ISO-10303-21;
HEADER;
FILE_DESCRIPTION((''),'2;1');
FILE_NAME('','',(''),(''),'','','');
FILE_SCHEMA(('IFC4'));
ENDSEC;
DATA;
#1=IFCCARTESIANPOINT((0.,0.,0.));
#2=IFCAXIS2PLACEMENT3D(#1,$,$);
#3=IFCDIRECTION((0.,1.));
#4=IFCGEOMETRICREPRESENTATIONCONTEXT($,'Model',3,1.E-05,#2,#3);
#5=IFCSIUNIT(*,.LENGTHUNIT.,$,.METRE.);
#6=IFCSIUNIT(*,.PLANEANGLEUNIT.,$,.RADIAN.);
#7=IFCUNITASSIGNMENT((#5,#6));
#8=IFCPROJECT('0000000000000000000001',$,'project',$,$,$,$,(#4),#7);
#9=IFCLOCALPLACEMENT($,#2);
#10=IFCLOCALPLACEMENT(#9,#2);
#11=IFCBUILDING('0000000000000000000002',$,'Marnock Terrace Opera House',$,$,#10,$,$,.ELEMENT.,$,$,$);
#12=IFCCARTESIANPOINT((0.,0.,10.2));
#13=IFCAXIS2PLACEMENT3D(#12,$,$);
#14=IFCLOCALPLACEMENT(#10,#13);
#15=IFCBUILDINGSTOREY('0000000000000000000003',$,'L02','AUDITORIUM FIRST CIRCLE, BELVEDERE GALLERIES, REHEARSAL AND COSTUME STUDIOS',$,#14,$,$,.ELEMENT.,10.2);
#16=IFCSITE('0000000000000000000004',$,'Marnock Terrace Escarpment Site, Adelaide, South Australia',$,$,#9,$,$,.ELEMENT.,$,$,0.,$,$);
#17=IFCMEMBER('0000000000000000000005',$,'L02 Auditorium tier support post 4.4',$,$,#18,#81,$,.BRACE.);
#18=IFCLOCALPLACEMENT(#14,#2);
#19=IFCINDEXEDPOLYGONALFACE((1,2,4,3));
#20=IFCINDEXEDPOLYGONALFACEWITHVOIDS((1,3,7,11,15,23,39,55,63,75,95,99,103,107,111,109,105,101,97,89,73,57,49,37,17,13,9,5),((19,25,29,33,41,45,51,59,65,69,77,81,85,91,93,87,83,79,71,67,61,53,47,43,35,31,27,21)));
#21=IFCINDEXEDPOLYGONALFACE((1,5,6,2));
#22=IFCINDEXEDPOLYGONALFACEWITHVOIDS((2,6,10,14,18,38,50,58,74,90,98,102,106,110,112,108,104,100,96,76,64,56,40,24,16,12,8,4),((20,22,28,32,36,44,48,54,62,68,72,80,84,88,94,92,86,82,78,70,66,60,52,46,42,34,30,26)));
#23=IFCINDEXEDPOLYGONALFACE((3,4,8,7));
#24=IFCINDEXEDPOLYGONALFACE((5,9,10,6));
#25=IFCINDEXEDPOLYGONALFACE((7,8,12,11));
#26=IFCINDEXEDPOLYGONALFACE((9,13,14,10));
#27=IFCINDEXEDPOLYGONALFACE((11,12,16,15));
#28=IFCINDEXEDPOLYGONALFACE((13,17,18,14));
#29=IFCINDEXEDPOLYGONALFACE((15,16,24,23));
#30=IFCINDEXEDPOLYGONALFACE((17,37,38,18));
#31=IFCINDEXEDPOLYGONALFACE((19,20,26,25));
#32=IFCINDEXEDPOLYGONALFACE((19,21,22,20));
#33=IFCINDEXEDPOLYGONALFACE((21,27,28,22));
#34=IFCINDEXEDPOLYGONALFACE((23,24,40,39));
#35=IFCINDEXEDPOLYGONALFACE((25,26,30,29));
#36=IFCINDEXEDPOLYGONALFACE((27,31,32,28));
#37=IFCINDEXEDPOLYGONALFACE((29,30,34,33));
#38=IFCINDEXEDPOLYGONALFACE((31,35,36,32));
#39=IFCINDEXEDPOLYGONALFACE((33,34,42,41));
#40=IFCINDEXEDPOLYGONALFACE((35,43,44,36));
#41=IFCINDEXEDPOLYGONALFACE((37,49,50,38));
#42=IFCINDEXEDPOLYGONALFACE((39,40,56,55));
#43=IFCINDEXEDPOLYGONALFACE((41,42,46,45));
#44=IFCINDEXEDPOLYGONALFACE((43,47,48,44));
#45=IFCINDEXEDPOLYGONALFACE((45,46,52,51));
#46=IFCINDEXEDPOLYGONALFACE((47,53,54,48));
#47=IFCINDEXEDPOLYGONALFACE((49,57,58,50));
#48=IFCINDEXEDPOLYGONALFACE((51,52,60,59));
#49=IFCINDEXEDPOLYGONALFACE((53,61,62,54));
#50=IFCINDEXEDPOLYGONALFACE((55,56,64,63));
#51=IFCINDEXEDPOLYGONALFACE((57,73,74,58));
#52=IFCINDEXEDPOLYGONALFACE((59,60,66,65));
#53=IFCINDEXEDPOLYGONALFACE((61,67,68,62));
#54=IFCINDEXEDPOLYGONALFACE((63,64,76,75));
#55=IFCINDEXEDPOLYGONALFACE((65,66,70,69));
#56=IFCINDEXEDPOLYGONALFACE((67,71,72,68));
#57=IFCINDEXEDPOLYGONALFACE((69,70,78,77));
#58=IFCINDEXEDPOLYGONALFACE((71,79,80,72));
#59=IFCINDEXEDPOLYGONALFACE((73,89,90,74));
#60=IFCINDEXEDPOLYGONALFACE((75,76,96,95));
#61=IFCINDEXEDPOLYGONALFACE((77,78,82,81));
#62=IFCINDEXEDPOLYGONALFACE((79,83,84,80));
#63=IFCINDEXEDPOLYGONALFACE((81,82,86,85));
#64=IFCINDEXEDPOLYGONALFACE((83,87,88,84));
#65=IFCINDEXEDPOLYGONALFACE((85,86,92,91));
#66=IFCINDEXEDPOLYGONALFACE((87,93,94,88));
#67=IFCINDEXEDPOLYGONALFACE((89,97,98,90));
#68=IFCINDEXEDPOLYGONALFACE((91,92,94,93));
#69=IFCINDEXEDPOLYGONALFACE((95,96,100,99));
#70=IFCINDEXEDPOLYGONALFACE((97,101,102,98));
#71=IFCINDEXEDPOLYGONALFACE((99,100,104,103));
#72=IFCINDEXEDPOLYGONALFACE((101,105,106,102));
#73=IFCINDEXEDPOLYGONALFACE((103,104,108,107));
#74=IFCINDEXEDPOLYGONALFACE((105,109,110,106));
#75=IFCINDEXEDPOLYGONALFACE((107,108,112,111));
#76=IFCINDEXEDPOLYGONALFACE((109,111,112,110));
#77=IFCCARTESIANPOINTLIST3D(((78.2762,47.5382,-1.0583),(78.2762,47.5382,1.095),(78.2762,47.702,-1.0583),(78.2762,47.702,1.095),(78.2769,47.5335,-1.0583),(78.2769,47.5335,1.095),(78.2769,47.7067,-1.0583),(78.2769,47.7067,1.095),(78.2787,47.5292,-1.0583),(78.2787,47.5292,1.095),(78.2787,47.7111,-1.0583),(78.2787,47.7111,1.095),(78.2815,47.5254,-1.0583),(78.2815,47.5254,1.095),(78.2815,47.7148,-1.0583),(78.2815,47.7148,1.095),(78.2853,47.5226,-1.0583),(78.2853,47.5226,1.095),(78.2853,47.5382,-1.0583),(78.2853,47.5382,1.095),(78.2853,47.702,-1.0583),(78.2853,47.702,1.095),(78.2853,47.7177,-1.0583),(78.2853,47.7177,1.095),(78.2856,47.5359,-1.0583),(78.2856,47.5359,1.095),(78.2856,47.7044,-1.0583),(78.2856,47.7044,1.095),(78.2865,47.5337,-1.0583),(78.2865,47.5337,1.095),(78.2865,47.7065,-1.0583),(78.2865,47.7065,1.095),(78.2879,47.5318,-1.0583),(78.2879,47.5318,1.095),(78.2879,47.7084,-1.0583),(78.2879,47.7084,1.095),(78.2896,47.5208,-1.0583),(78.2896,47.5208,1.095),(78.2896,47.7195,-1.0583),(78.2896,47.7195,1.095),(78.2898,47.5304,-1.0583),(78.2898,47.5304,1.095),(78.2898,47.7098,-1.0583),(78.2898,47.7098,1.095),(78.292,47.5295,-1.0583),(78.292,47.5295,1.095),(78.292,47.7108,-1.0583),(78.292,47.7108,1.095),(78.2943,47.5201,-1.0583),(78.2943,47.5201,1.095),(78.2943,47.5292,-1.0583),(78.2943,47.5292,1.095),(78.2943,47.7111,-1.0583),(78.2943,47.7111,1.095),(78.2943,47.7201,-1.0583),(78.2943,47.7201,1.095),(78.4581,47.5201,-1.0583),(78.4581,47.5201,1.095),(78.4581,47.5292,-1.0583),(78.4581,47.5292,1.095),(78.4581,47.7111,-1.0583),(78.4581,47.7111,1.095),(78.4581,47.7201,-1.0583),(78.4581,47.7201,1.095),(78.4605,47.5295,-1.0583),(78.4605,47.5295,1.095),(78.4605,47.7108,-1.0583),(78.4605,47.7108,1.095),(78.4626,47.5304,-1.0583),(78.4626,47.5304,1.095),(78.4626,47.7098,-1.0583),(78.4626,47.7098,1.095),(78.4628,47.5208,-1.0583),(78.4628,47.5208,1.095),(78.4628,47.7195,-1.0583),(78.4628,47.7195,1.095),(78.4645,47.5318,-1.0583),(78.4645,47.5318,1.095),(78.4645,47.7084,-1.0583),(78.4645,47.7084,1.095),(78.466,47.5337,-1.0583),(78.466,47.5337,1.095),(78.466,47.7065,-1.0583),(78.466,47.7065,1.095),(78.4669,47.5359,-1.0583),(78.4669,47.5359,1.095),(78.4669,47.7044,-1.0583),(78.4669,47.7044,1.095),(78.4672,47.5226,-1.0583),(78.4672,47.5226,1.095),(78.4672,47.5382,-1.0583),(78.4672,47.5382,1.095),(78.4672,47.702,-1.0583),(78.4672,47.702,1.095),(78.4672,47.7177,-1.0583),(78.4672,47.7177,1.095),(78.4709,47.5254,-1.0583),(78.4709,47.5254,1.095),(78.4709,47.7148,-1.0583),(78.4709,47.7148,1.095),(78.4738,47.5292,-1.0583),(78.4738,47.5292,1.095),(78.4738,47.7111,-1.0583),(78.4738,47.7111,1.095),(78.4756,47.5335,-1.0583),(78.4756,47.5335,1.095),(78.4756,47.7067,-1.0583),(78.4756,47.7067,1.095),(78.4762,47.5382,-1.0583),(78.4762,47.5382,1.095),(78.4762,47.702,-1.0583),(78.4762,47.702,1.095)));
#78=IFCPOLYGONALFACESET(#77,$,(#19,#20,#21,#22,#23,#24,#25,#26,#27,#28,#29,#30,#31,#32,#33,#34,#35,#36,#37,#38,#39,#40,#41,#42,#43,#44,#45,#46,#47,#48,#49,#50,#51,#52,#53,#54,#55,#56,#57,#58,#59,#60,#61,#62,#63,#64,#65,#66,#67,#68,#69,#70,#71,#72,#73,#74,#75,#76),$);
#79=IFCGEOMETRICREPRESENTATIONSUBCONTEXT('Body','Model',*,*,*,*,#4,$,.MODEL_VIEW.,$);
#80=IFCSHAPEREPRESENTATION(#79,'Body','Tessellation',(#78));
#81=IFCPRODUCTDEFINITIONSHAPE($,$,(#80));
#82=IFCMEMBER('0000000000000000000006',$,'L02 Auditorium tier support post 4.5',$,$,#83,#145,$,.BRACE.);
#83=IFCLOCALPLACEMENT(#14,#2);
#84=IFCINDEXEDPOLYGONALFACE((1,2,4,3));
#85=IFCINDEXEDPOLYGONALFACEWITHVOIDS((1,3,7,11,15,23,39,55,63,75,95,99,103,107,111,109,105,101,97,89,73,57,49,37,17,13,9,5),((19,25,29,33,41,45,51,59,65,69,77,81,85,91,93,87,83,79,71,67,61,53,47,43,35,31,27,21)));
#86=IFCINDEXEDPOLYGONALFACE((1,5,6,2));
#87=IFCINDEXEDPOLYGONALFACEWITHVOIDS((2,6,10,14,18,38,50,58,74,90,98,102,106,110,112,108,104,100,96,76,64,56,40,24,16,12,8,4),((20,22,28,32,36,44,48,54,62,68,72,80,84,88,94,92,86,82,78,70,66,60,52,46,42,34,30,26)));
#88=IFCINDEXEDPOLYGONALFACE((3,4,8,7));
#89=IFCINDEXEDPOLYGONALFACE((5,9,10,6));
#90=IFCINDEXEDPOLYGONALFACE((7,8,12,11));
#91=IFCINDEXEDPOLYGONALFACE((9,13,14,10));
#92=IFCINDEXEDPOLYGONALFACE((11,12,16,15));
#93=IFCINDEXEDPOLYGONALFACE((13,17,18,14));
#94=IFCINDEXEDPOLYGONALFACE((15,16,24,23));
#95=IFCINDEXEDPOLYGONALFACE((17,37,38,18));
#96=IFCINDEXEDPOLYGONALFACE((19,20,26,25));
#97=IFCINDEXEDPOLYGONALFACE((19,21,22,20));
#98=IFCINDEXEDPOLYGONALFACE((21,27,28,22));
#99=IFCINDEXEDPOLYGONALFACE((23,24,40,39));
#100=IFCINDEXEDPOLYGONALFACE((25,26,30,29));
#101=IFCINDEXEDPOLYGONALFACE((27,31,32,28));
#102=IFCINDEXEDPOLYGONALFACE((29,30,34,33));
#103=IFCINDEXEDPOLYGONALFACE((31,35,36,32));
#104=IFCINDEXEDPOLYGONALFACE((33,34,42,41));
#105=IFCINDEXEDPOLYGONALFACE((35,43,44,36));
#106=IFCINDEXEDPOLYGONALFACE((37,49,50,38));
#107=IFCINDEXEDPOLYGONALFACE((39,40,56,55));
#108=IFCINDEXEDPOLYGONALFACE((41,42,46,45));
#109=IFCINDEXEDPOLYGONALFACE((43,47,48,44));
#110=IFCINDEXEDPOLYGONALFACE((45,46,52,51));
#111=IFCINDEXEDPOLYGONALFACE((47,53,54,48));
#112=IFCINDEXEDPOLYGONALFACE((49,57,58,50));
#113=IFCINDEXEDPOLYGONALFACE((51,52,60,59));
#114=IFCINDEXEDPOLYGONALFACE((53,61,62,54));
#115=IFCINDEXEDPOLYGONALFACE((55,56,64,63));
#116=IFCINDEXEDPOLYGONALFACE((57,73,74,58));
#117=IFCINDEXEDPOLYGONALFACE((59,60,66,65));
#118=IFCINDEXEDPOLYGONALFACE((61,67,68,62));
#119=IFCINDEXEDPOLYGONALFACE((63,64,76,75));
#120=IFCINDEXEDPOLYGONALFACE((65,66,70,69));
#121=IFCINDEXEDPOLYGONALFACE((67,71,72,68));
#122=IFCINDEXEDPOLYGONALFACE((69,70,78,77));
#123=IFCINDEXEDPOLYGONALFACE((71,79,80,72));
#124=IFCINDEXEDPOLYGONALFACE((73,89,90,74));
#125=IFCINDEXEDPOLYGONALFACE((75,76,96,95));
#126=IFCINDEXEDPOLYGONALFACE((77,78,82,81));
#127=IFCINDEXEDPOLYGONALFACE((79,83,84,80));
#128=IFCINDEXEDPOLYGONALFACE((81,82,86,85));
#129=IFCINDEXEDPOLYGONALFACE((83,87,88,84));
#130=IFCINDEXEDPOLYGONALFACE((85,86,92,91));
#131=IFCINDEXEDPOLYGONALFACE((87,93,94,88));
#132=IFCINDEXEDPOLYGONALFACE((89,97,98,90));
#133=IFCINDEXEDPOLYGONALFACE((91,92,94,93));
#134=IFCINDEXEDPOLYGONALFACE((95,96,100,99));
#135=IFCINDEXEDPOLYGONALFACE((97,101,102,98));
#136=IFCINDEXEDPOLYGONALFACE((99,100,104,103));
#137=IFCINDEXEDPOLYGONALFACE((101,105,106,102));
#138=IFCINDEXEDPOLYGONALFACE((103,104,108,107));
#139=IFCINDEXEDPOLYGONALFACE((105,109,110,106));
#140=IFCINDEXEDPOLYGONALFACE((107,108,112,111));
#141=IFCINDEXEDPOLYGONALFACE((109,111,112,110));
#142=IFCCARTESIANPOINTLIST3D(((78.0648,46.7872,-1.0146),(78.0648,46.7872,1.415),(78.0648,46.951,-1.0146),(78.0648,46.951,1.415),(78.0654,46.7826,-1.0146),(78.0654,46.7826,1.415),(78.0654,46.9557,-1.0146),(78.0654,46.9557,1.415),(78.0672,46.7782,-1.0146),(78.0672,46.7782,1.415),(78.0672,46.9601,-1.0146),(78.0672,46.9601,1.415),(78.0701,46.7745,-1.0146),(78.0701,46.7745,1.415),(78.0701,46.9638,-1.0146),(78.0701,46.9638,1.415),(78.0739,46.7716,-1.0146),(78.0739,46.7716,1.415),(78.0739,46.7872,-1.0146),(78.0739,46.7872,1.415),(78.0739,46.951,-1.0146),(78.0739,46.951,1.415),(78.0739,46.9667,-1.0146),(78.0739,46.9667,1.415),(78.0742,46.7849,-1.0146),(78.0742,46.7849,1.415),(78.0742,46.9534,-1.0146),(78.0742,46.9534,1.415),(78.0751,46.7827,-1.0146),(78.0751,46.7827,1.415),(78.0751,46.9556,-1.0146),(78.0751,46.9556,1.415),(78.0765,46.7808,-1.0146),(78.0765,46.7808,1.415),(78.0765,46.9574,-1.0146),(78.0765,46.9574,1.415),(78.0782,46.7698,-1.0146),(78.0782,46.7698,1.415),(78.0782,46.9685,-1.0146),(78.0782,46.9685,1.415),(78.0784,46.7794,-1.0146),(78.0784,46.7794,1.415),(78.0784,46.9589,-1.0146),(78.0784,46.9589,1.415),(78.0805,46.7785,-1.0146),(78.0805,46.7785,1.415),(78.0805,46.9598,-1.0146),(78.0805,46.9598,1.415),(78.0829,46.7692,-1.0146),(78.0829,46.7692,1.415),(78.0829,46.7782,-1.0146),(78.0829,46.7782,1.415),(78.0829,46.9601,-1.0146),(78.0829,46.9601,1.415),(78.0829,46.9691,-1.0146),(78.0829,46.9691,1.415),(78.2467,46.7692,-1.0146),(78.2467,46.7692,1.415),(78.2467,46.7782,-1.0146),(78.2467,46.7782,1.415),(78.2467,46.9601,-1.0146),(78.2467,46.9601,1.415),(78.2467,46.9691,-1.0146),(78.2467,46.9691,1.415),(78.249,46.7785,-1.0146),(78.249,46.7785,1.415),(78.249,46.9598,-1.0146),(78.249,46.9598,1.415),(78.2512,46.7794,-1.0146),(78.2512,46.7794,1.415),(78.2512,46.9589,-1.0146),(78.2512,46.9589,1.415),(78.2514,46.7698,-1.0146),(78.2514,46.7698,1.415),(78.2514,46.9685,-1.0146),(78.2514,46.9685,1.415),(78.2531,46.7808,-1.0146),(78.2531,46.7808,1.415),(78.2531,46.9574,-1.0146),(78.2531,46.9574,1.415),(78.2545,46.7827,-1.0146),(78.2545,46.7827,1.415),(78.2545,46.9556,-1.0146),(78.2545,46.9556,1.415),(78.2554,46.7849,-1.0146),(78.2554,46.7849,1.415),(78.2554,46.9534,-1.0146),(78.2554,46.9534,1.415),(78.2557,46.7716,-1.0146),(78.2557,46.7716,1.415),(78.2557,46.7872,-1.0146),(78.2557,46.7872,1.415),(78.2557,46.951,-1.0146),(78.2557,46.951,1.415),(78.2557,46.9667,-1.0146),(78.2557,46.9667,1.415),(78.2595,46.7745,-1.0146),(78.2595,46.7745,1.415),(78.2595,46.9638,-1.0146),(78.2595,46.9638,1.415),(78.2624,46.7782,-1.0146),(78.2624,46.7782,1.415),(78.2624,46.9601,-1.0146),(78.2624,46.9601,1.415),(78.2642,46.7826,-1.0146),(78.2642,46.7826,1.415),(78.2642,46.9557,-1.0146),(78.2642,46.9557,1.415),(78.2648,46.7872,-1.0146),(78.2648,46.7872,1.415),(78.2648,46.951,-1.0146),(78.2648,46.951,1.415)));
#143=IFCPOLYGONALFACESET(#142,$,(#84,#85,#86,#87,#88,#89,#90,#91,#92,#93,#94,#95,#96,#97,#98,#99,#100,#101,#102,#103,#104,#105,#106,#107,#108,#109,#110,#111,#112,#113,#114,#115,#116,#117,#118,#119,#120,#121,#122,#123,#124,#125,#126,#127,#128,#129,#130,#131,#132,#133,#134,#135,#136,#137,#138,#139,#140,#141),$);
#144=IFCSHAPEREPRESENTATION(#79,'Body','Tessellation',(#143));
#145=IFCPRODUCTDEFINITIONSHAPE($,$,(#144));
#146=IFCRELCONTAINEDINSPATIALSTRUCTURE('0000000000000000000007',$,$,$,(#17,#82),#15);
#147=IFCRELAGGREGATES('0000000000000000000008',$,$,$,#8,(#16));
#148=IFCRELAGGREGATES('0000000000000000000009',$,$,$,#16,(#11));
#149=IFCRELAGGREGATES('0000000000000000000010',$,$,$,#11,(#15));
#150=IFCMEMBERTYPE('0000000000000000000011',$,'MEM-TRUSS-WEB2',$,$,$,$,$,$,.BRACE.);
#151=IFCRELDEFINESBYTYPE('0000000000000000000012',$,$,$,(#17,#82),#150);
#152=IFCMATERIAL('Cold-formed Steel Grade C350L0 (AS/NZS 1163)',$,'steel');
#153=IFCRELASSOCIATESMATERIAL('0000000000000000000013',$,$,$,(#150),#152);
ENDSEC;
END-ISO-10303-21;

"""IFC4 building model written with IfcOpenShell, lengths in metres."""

from ifc_helpers import new_model, si_unit, direction, frame, origin, origin_2d, place, context, subcontext, project, spatial, hollow_rectangle, extrude, material, material_profile, profile_set, type_object, element, save


model = new_model("IFC4")

# Units and contexts
model_context = context("Model", 3, precision=1e-05, world=origin(), true_north=direction((0.0, 1.0)))
body_context = subcontext(model_context, "Body", "Model", "MODEL_VIEW")
ifc_project = project(units=[si_unit("LENGTHUNIT", "METRE"), si_unit("PLANEANGLEUNIT", "RADIAN")], contexts=[model_context])

# Site, building, storey
site_placement = place(None, origin())
site = spatial("IfcSite", under=ifc_project, at=site_placement, Name="Marnock Terrace Escarpment Site, Adelaide, South Australia", CompositionType="ELEMENT", RefElevation=0.0)
building_placement = place(site_placement, origin())
building = spatial("IfcBuilding", under=site, at=building_placement, Name="Marnock Terrace Opera House", CompositionType="ELEMENT")
storey_placement = place(building_placement, frame((0.0, 0.0, 10.2)))
storey = spatial("IfcBuildingStorey", under=building, at=storey_placement, Name="L02", Description="AUDITORIUM FIRST CIRCLE, BELVEDERE GALLERIES, REHEARSAL AND COSTUME STUDIOS", CompositionType="ELEMENT", Elevation=10.2)

# Members
ifc_material_1 = material(Name="Cold-formed Steel Grade C350L0 (AS/NZS 1163)", Category="steel")
ifc_material_profile_1 = material_profile(ifc_material_1, hollow_rectangle(XDim=0.2, YDim=0.2, WallThickness=0.009, InnerFilletRadius=0.009, OuterFilletRadius=0.0181, at=origin_2d()))
ifc_profile_set_1 = profile_set([ifc_material_profile_1], Name="Cold-formed Steel Grade C350L0 (AS/NZS 1163)")
member_type = type_object("IfcMemberType", Name="MEM-TRUSS-WEB2", PredefinedType="BRACE", material=ifc_profile_set_1)
member_1_placement = place(storey_placement, frame((78.3762, 47.6201, -1.0583), z_axis=(0.0, 0.0, 1.0), x_axis=(1.0, 0.0, 0.0)))
element("IfcMember", 1, at=member_1_placement, inside=storey, type_object=member_type, Name="L02 Auditorium tier support post 4.4", PredefinedType="BRACE", context=body_context, shape_type="SweptSolid", body=[
    extrude(hollow_rectangle(XDim=0.2, YDim=0.2, WallThickness=0.009, InnerFilletRadius=0.009, OuterFilletRadius=0.0181, at=origin_2d()), origin(), (0.0, 0.0, 1.0), 2.1533),
])
member_2_placement = place(storey_placement, frame((78.1648, 46.8691, -1.0146), z_axis=(0.0, 0.0, 1.0), x_axis=(1.0, 0.0, 0.0)))
element("IfcMember", 2, at=member_2_placement, inside=storey, type_object=member_type, Name="L02 Auditorium tier support post 4.5", PredefinedType="BRACE", context=body_context, shape_type="SweptSolid", body=[
    extrude(hollow_rectangle(XDim=0.2, YDim=0.2, WallThickness=0.009, InnerFilletRadius=0.009, OuterFilletRadius=0.0181, at=origin_2d()), origin(), (0.0, 0.0, 1.0), 2.4297),
])

save(model, "model.ifc")
